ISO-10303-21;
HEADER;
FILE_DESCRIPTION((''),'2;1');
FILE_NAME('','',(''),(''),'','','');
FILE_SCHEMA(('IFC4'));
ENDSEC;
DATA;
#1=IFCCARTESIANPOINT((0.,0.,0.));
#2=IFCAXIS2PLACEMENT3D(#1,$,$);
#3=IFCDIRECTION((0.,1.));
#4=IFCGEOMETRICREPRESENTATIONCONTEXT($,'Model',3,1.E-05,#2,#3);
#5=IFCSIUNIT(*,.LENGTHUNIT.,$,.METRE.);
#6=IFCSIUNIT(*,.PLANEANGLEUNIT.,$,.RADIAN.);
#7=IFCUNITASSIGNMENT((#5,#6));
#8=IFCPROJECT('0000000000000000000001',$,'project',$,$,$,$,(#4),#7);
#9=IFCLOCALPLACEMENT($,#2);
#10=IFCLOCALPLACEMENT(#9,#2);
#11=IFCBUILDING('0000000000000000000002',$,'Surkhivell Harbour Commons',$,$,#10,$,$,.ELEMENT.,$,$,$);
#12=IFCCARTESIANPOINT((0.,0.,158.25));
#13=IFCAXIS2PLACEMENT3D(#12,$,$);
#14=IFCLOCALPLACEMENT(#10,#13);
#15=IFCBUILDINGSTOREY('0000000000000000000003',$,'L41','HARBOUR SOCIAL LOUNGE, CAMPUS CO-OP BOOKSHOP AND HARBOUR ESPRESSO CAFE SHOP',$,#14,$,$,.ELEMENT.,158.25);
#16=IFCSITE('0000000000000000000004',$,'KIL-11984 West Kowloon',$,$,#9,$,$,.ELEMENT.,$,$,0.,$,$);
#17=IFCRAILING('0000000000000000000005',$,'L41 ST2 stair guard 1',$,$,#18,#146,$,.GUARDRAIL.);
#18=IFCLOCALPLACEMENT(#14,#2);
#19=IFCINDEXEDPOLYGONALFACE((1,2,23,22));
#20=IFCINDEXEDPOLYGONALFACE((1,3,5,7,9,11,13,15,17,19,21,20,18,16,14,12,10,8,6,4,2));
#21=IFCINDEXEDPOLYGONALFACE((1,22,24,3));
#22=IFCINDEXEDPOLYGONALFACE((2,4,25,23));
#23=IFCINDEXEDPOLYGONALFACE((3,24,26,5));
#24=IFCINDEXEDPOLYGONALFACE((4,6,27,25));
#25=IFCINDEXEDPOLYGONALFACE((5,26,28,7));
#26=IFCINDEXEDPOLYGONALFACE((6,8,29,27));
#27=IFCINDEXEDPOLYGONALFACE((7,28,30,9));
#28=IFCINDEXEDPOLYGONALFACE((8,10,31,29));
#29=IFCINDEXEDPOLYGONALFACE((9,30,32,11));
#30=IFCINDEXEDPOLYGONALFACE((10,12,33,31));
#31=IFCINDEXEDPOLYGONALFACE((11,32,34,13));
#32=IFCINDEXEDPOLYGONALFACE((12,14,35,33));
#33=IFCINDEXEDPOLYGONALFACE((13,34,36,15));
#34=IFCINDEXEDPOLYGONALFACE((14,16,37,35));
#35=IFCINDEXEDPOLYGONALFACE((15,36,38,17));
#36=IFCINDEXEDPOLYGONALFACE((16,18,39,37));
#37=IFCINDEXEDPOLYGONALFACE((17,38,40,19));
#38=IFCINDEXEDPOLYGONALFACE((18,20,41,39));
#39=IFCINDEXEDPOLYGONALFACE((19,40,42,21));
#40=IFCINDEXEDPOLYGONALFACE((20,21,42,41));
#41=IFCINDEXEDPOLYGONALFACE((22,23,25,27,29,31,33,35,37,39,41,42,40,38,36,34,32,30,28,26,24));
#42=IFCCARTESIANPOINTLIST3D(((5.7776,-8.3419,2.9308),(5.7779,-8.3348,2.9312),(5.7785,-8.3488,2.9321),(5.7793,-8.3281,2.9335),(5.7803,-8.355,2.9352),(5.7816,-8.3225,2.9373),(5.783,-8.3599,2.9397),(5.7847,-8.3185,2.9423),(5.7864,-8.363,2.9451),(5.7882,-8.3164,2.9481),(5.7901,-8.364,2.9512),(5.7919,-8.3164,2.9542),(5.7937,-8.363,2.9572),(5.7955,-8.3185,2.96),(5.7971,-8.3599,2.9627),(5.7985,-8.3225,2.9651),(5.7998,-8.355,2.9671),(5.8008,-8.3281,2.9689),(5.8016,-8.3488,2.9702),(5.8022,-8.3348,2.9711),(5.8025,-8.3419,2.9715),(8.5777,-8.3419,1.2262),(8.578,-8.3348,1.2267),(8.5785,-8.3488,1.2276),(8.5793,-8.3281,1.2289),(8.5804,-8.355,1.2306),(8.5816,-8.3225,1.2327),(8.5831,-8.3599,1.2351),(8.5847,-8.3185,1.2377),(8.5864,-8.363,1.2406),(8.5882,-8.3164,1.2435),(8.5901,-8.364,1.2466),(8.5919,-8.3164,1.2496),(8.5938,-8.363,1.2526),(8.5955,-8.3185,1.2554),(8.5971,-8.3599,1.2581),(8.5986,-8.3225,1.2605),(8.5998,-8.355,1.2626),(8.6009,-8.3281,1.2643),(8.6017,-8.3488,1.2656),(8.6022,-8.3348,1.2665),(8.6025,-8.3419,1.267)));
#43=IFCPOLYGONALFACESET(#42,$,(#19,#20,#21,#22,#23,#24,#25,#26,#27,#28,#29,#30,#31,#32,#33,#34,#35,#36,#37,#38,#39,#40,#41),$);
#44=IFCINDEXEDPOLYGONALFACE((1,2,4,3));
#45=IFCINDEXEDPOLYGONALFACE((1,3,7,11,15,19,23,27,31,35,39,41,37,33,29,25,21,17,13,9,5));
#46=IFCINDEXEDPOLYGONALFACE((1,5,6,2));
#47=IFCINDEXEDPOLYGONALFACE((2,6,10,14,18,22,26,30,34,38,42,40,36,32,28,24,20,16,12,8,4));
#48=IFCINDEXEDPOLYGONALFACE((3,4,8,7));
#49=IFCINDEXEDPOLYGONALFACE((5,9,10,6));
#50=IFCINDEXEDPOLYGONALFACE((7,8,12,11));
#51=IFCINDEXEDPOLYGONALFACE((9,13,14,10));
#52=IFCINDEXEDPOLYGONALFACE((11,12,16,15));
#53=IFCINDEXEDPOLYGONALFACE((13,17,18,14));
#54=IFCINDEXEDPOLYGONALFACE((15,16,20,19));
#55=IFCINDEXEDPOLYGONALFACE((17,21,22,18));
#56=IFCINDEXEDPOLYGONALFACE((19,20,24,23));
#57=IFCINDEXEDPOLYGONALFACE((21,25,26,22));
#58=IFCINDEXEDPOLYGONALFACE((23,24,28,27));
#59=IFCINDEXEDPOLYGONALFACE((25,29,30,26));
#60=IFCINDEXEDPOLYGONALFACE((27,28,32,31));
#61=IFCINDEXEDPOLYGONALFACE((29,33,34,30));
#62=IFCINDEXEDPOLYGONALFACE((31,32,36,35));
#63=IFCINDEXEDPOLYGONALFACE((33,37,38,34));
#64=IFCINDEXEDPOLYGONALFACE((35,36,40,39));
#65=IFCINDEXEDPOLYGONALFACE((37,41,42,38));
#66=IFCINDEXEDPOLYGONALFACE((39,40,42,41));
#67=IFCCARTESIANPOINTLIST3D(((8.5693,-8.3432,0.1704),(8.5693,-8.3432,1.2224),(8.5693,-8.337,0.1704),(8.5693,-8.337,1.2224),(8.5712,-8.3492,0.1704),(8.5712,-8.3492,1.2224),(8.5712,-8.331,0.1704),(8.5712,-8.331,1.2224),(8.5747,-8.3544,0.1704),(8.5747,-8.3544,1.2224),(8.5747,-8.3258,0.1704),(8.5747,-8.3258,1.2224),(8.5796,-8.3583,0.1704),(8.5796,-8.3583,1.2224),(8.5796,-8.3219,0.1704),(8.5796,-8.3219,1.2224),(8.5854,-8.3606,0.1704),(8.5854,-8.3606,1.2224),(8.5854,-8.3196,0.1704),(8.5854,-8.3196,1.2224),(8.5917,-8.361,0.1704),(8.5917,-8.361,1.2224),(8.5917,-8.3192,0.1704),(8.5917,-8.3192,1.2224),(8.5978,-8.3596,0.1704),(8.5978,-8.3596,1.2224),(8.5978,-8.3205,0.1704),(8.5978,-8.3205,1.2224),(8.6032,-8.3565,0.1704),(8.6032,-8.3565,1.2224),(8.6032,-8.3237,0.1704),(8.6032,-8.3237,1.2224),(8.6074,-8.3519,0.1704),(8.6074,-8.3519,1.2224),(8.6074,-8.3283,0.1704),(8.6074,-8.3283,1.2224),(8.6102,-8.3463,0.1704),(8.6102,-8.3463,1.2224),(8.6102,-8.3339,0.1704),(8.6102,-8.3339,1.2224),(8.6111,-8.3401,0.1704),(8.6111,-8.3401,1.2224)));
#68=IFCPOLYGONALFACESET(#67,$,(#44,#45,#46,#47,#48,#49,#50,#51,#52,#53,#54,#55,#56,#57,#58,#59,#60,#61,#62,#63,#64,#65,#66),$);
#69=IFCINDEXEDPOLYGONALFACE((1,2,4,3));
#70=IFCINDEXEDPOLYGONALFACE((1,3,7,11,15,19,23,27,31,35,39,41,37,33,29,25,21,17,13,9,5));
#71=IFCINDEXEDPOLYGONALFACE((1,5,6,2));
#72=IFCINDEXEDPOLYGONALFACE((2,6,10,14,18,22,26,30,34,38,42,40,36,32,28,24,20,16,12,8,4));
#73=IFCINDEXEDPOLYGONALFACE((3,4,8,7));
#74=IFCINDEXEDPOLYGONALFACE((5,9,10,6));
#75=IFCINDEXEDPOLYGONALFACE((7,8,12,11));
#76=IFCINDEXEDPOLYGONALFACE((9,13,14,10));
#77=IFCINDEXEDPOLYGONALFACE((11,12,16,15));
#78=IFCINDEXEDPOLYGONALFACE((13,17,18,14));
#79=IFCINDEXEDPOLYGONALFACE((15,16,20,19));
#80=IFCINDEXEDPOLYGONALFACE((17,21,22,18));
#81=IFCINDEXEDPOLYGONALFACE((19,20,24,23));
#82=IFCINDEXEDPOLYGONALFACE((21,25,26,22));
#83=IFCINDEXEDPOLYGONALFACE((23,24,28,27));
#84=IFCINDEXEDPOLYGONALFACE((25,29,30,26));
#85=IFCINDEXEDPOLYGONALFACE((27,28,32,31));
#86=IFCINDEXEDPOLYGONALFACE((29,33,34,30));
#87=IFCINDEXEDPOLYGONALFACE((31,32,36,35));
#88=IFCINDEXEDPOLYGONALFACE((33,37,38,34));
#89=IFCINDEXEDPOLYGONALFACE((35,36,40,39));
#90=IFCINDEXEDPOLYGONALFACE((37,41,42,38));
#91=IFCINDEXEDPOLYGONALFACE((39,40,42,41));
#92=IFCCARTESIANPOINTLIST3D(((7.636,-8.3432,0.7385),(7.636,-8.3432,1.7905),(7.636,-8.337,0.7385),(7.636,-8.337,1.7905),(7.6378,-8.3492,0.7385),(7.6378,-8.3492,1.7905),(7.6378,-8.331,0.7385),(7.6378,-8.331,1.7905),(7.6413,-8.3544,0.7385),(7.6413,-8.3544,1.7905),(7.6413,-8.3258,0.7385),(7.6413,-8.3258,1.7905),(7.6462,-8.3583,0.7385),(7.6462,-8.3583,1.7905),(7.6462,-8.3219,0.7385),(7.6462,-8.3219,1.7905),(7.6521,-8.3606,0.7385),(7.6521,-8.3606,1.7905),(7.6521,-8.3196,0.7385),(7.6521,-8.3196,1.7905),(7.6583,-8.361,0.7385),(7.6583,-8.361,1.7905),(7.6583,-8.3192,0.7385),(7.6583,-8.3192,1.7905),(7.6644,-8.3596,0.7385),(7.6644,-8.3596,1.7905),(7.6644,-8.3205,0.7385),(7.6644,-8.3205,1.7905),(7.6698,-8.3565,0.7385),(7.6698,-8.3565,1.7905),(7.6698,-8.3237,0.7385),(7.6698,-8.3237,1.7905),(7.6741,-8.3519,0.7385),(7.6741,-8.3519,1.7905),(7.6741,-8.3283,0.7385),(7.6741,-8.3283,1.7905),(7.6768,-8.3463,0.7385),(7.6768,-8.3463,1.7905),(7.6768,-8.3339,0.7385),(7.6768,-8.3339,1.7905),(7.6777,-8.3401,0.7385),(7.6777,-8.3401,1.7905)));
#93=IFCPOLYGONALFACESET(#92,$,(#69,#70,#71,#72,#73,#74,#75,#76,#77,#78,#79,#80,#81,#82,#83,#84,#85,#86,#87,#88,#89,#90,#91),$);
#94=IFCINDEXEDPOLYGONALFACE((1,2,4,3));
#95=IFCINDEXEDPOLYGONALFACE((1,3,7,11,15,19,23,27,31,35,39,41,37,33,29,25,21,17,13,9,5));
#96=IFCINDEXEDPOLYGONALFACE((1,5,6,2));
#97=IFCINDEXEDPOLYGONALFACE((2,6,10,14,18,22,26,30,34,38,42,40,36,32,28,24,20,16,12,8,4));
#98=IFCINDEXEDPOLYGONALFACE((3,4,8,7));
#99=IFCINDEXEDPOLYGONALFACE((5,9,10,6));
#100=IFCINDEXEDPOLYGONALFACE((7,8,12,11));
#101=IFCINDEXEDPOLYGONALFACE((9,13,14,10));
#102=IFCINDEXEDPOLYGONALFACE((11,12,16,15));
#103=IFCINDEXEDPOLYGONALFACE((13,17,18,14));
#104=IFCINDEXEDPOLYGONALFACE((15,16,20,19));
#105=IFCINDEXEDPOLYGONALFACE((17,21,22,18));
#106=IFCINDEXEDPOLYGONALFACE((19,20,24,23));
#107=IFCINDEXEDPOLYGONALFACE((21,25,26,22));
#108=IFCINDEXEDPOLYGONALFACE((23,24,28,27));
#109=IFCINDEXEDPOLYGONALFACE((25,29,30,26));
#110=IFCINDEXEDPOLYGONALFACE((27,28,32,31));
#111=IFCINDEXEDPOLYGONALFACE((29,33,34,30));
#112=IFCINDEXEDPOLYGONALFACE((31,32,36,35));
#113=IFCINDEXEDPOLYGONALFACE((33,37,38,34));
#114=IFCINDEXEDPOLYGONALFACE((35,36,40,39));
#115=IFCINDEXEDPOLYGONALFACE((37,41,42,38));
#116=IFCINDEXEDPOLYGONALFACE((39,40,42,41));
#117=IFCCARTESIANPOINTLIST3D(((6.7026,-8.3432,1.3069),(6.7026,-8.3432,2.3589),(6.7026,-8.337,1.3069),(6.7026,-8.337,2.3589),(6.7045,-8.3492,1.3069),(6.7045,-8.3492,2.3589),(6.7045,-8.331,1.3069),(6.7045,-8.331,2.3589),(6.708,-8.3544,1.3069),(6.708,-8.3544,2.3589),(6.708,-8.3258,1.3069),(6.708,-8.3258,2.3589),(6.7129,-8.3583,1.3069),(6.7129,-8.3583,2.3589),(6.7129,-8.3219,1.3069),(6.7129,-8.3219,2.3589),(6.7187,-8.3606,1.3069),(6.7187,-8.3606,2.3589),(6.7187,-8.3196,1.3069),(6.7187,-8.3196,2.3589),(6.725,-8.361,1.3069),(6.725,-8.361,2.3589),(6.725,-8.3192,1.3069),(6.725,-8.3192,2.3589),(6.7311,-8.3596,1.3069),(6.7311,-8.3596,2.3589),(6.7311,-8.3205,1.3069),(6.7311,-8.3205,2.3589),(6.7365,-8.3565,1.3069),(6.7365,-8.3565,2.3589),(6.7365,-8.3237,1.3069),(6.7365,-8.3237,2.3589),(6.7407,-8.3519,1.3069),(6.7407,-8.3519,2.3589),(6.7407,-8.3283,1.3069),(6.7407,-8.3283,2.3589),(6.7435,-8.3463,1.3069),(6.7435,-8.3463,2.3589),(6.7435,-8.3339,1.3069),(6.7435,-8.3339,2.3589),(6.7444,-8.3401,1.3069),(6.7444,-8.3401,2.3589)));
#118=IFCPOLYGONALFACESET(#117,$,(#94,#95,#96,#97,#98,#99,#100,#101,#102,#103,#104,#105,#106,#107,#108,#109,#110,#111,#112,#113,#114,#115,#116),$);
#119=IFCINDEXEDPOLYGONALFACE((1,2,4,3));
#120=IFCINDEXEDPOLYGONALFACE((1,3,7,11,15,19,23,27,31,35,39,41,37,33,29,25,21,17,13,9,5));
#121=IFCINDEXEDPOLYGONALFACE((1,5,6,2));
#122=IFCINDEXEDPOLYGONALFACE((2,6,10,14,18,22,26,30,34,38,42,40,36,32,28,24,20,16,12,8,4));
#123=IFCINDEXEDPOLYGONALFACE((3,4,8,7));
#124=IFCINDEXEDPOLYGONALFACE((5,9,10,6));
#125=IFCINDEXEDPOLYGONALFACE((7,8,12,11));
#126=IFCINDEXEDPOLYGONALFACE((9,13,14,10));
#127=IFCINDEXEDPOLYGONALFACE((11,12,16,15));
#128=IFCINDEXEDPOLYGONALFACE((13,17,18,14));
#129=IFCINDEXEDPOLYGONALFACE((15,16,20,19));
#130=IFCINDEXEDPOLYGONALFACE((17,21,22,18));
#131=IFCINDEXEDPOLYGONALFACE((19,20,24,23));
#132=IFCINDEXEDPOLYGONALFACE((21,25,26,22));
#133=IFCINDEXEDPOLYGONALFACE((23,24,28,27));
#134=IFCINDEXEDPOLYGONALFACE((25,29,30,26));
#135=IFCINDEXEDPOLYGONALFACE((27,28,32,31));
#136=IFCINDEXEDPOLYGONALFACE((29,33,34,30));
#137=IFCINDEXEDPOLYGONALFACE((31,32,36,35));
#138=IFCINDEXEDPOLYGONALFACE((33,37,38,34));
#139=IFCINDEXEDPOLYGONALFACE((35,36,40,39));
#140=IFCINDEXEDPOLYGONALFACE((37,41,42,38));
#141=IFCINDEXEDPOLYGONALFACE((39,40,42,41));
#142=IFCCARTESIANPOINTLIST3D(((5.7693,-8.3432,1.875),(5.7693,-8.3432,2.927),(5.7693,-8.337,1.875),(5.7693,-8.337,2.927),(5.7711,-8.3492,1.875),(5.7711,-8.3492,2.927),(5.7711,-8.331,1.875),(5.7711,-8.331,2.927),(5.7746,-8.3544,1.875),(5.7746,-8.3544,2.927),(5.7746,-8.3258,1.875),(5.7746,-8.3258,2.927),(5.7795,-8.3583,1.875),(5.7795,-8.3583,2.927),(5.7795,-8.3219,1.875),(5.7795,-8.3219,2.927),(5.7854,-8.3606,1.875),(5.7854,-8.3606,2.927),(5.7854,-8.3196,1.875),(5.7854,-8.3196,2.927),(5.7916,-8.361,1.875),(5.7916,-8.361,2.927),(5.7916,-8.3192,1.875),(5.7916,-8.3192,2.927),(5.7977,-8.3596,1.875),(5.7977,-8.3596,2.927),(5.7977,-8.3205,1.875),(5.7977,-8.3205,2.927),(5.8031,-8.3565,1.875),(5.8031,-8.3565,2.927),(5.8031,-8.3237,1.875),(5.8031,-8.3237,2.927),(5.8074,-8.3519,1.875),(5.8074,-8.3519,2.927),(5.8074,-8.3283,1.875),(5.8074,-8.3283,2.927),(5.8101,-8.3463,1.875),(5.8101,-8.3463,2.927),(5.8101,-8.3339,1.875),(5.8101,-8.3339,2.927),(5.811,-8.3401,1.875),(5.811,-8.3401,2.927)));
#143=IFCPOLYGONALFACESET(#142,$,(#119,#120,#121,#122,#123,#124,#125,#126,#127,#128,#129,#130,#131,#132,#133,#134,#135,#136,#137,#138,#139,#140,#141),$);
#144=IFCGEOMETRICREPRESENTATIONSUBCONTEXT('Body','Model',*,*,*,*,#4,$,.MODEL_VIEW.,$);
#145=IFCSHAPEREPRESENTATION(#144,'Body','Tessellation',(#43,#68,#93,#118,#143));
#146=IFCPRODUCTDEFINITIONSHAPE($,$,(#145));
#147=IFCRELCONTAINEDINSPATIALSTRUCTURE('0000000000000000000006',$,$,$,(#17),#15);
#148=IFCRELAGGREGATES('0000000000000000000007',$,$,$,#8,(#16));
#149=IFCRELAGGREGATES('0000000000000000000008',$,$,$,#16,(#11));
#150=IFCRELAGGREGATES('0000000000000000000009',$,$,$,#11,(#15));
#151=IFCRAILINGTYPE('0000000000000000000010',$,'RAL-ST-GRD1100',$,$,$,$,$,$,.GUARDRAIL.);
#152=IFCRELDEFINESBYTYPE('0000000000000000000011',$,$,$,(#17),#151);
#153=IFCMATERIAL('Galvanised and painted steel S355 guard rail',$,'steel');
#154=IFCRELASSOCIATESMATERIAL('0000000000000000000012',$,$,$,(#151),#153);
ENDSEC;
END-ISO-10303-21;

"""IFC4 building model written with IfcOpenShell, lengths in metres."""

from ifc_helpers import new_model, si_unit, direction, frame, origin, origin_2d, place, context, subcontext, project, spatial, circle, extrude, material, type_object, element, save


model = new_model("IFC4")

# Units and contexts
model_context = context("Model", 3, precision=1e-05, world=origin(), true_north=direction((0.0, 1.0)))
body_context = subcontext(model_context, "Body", "Model", "MODEL_VIEW")
ifc_project = project(units=[si_unit("LENGTHUNIT", "METRE"), si_unit("PLANEANGLEUNIT", "RADIAN")], contexts=[model_context])

# Site, building, storey
site_placement = place(None, origin())
site = spatial("IfcSite", under=ifc_project, at=site_placement, Name="KIL-11984 West Kowloon", CompositionType="ELEMENT", RefElevation=0.0)
building_placement = place(site_placement, origin())
building = spatial("IfcBuilding", under=site, at=building_placement, Name="Surkhivell Harbour Commons", CompositionType="ELEMENT")
storey_placement = place(building_placement, frame((0.0, 0.0, 158.25)))
storey = spatial("IfcBuildingStorey", under=building, at=storey_placement, Name="L41", Description="HARBOUR SOCIAL LOUNGE, CAMPUS CO-OP BOOKSHOP AND HARBOUR ESPRESSO CAFE SHOP", CompositionType="ELEMENT", Elevation=158.25)

# Railing
ifc_material_1 = material(Name="Galvanised and painted steel S355 guard rail", Category="steel")
railing_type = type_object("IfcRailingType", Name="RAL-ST-GRD1100", PredefinedType="GUARDRAIL", material=ifc_material_1)
railing_1_placement = place(storey_placement, frame((8.5901, -8.3401, 0.1704)))
element("IfcRailing", 1, at=railing_1_placement, inside=storey, type_object=railing_type, Name="L41 ST2 stair guard 1", PredefinedType="GUARDRAIL", context=body_context, shape_type="SweptSolid", body=[
    extrude(circle(Radius=0.0239, at=origin_2d()), frame((0.0, 0.0, 1.0762), z_axis=(-0.85417, 0.0, 0.519994), x_axis=(0.0, -1.0, 0.0)), (0.0, 0.0, 1.0), 3.2781),
    extrude(circle(Radius=0.021, at=origin_2d()), origin(), (0.0, 0.0, 1.0), 1.052),
    extrude(circle(Radius=0.021, at=origin_2d()), frame((-0.9333, 0.0, 0.5681)), (0.0, 0.0, 1.0), 1.052),
    extrude(circle(Radius=0.021, at=origin_2d()), frame((-1.8667, 0.0, 1.1365)), (0.0, 0.0, 1.0), 1.052),
    extrude(circle(Radius=0.021, at=origin_2d()), frame((-2.8, 0.0, 1.7046)), (0.0, 0.0, 1.0), 1.052),
])

save(model, "model.ifc")
